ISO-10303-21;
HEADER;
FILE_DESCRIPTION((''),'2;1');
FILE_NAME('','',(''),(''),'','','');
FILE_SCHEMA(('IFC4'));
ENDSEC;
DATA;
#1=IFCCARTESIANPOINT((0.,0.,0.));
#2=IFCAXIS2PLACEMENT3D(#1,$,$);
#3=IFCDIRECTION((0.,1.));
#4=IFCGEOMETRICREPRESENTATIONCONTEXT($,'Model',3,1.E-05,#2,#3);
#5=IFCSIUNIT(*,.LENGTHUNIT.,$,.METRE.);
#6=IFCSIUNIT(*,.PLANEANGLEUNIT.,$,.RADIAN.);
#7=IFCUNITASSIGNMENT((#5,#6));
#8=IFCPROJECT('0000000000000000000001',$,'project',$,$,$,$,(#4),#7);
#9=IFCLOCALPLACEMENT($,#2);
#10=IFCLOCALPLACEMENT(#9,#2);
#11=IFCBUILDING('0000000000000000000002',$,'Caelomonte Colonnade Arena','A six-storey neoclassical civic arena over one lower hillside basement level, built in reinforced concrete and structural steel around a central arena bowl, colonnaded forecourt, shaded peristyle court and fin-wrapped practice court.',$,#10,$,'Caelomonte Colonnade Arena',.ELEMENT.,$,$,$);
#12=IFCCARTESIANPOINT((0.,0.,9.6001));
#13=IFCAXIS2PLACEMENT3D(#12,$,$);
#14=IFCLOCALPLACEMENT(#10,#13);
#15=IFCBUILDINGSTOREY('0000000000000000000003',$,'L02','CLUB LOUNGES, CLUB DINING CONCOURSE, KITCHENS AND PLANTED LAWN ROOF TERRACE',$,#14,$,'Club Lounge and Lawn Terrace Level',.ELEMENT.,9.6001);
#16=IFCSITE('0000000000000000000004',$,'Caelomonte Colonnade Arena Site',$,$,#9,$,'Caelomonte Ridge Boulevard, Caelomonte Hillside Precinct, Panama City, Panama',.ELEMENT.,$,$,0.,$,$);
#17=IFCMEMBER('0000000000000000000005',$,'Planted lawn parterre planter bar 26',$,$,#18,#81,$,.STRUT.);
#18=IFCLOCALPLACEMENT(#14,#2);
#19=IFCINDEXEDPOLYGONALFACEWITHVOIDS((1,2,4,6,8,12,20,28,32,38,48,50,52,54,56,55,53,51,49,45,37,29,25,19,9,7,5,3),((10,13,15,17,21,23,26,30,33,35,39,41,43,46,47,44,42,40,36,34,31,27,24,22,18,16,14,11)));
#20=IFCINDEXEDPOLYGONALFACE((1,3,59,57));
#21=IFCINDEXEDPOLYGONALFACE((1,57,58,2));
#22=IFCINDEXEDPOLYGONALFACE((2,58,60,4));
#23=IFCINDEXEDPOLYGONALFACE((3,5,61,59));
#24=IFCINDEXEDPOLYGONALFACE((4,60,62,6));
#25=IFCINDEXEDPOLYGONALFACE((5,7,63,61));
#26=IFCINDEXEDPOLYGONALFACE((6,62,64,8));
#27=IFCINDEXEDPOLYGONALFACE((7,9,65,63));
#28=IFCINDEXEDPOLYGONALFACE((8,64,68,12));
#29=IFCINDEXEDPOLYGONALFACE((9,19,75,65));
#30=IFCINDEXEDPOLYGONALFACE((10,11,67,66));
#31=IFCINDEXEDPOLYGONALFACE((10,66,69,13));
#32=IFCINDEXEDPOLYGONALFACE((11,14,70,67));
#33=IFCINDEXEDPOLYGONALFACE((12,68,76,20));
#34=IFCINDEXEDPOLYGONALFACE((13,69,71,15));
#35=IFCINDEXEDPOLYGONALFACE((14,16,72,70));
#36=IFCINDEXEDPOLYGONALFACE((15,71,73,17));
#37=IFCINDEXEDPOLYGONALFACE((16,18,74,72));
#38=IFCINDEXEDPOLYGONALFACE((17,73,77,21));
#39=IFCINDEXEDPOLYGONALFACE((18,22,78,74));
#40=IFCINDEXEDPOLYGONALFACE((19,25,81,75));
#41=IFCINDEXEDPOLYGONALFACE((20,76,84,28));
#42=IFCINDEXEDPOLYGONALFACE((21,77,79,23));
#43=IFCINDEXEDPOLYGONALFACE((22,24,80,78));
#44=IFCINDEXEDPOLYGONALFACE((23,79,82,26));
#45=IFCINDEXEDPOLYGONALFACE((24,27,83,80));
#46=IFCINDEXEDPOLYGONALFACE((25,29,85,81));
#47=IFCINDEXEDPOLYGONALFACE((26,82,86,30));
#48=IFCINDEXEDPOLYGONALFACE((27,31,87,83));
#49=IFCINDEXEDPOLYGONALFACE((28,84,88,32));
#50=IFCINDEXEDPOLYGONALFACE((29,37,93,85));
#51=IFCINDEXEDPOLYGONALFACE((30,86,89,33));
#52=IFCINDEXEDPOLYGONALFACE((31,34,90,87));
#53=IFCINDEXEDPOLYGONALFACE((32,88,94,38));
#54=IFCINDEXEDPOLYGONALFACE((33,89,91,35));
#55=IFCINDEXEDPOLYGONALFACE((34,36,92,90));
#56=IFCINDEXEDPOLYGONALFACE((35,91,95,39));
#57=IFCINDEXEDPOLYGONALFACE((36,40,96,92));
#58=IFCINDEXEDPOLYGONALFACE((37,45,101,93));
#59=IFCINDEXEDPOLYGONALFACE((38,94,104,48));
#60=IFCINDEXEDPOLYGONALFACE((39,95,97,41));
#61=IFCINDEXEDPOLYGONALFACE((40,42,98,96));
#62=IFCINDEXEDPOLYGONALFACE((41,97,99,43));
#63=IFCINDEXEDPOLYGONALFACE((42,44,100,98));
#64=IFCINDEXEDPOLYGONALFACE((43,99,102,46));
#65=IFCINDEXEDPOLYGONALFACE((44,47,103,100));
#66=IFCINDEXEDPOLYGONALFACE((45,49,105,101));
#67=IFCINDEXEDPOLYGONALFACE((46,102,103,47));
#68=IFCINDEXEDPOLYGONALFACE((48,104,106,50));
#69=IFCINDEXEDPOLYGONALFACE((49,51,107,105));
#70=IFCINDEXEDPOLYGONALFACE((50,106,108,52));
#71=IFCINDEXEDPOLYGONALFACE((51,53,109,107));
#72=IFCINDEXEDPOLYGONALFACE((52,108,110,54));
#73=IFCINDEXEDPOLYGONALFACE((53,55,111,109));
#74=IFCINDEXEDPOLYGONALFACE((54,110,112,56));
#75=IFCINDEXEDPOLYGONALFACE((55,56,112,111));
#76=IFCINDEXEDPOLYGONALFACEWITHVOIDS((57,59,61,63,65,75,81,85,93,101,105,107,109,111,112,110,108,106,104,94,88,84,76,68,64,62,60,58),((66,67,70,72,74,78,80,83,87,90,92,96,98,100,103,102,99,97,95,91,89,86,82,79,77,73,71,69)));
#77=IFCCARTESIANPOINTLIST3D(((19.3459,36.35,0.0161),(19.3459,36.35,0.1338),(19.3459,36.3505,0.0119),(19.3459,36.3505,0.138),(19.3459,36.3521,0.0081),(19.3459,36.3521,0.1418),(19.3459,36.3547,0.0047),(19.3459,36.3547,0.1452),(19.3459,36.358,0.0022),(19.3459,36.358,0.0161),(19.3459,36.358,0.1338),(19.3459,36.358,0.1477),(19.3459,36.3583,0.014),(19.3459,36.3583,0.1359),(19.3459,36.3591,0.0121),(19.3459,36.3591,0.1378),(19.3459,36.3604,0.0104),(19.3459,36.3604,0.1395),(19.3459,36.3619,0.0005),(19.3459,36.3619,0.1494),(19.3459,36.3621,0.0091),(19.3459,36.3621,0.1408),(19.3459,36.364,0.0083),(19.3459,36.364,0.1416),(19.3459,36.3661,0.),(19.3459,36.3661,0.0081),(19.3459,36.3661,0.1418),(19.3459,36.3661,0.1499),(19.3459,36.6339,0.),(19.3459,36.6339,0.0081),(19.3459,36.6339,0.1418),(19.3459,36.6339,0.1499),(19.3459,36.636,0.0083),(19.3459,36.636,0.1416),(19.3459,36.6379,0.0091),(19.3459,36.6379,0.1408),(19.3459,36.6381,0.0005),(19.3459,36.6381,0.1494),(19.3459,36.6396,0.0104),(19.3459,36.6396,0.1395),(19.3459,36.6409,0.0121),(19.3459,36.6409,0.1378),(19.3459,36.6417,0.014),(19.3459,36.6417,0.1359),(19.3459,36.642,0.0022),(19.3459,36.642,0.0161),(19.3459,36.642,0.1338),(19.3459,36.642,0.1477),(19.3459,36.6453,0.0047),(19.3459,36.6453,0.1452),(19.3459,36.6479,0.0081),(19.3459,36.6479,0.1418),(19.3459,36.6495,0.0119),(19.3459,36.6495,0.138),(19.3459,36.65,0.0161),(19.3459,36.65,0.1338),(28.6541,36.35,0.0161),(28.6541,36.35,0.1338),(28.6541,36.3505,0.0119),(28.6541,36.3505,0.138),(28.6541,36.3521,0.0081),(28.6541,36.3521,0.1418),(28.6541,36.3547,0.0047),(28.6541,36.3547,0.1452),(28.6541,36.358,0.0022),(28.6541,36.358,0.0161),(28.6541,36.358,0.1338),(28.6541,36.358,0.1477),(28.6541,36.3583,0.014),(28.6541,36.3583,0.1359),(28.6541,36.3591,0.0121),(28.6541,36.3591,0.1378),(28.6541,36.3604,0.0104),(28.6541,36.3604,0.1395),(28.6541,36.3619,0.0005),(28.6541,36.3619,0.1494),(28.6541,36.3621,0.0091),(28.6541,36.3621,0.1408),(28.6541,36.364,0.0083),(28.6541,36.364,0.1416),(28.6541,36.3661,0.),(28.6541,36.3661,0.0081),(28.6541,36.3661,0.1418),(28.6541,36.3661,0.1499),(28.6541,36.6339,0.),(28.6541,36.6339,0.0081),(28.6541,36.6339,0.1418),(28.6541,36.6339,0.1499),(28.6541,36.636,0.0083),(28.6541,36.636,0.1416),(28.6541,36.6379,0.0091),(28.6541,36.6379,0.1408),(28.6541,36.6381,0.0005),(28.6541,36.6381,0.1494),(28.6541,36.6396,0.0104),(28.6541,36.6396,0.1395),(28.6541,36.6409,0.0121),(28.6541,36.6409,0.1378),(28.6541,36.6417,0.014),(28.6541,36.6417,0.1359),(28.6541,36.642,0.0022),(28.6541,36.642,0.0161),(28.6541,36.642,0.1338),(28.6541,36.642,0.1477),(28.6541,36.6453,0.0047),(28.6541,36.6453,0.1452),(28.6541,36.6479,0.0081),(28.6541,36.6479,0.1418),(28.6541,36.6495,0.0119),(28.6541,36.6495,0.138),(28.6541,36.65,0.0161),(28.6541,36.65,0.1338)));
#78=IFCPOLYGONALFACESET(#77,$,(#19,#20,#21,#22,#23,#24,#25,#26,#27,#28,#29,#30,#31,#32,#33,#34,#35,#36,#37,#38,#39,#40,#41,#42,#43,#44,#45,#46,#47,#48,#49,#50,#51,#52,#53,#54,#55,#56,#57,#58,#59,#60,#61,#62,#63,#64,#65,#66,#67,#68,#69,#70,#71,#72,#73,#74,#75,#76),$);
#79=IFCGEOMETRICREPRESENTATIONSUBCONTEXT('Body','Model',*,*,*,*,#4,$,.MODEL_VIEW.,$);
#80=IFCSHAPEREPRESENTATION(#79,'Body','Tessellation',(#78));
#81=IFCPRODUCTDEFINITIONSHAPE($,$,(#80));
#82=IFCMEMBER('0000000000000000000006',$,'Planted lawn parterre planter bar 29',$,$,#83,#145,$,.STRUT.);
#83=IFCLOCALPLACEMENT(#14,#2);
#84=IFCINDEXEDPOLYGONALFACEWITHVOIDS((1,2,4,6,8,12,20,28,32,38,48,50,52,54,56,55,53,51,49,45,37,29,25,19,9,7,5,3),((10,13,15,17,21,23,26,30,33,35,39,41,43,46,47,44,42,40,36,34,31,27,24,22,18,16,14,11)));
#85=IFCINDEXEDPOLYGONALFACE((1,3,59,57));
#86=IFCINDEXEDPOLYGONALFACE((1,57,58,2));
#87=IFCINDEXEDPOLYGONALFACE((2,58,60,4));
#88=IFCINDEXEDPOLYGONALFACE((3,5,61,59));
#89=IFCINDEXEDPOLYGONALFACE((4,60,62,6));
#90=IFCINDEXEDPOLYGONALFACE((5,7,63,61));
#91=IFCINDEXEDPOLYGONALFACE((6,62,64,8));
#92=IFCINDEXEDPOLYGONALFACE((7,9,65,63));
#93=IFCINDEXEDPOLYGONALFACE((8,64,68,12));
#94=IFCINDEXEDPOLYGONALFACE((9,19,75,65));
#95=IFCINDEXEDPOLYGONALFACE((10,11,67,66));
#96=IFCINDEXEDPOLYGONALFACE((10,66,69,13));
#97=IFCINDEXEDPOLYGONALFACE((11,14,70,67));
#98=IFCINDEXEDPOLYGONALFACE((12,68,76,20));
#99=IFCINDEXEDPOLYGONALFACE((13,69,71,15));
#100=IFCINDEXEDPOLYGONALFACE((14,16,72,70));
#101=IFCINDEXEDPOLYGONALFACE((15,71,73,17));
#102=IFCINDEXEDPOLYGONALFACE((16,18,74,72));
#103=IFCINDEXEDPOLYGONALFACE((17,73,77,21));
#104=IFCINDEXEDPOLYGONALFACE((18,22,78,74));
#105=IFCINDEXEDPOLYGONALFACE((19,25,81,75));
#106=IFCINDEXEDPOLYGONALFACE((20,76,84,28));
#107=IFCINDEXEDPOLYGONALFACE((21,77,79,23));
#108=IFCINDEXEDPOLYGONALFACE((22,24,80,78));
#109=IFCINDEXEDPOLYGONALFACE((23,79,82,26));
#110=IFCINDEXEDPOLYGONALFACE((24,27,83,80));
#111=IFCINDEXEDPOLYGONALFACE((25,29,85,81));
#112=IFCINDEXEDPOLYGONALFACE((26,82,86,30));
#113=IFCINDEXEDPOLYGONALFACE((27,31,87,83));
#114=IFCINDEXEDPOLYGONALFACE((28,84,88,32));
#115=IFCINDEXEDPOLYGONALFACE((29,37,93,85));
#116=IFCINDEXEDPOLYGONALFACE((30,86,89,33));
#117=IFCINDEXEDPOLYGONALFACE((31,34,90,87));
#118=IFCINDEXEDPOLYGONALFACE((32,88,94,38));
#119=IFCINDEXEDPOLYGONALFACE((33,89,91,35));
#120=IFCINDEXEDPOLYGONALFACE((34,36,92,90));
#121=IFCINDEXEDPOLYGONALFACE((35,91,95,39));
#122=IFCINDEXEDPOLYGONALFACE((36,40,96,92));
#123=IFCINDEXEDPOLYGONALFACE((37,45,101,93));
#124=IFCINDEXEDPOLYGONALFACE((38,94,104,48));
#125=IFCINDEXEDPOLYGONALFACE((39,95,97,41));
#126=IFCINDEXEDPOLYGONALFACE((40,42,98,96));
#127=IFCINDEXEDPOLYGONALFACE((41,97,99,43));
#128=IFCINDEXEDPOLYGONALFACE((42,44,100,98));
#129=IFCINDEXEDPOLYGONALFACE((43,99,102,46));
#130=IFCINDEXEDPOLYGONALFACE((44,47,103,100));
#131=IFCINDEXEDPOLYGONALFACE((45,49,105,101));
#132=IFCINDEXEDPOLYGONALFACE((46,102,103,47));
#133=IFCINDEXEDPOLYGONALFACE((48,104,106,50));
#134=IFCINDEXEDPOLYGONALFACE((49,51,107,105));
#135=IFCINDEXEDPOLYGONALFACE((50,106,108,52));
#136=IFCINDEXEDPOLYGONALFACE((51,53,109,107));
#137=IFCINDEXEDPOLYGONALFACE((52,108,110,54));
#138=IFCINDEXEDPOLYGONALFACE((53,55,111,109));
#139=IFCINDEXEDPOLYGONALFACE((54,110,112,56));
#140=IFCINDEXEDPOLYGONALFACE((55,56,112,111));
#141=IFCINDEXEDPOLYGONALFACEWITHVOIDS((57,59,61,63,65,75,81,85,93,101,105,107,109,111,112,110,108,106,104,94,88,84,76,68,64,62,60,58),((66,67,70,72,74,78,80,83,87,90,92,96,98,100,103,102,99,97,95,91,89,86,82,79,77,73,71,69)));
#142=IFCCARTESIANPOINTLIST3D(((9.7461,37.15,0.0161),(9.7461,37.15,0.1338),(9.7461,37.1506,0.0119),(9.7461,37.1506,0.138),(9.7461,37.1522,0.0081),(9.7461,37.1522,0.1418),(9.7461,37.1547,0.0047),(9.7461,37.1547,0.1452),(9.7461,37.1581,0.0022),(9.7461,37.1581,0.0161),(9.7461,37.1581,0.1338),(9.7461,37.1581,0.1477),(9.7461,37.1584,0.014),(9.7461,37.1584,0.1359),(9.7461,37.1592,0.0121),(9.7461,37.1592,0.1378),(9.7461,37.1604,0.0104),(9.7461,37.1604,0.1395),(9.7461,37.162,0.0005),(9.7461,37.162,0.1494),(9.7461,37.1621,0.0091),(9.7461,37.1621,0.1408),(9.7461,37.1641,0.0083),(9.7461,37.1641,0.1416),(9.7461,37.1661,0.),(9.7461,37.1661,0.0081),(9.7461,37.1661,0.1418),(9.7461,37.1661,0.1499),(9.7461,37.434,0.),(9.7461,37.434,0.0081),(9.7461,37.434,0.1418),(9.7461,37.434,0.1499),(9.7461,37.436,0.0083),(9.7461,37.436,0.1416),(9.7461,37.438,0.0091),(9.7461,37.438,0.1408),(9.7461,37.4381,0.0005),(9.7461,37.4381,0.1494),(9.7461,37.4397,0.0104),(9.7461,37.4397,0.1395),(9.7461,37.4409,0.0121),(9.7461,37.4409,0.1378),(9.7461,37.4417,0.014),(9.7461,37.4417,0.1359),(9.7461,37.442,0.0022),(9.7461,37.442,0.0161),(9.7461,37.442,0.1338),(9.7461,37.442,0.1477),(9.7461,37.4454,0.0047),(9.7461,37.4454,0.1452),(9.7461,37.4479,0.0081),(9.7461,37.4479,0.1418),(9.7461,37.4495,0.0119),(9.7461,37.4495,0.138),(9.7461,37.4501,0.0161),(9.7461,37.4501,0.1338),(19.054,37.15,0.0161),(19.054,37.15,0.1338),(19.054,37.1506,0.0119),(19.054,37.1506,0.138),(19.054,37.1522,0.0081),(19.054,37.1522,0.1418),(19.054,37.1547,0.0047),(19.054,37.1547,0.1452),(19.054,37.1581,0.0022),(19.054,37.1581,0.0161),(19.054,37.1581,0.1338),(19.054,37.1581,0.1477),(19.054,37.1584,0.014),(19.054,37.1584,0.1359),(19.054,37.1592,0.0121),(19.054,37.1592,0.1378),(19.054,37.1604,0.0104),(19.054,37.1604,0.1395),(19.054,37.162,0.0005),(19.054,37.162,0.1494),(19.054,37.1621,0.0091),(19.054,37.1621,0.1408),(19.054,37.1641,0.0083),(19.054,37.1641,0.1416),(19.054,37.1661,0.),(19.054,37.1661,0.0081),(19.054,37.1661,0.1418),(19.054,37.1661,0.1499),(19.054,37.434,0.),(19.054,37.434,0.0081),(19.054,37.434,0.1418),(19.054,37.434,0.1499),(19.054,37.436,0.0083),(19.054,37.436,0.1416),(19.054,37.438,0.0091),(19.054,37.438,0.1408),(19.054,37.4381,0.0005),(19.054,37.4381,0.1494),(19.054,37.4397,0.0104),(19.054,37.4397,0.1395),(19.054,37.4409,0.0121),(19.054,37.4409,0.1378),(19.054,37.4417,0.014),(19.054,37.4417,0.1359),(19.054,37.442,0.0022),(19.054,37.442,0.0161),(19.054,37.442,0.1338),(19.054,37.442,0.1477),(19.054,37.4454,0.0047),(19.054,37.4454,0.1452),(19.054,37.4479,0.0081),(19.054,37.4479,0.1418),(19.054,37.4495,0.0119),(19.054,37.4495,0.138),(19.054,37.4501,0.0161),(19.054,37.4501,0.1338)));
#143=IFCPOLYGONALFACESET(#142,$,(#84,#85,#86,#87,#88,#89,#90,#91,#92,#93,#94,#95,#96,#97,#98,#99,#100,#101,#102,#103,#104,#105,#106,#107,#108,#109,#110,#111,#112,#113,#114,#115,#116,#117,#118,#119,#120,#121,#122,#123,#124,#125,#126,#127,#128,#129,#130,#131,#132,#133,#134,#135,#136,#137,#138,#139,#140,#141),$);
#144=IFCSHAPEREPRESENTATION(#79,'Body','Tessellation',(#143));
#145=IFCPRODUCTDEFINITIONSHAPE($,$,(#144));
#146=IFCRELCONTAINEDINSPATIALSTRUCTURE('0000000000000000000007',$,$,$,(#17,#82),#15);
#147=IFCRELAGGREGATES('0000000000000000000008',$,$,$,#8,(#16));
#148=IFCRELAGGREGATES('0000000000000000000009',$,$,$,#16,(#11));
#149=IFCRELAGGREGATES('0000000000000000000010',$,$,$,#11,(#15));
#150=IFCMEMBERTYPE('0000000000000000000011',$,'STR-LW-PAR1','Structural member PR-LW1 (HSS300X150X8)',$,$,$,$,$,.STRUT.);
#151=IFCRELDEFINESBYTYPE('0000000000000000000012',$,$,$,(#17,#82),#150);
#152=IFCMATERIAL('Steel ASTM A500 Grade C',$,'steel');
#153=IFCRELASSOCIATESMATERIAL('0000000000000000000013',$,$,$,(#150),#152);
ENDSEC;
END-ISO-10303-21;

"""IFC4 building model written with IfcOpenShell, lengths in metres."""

from ifc_helpers import new_model, si_unit, direction, frame, origin, origin_2d, place, context, subcontext, project, spatial, hollow_rectangle, extrude, material, material_profile, profile_set, type_object, element, save


model = new_model("IFC4")

# Units and contexts
model_context = context("Model", 3, precision=1e-05, world=origin(), true_north=direction((0.0, 1.0)))
body_context = subcontext(model_context, "Body", "Model", "MODEL_VIEW")
ifc_project = project(units=[si_unit("LENGTHUNIT", "METRE"), si_unit("PLANEANGLEUNIT", "RADIAN")], contexts=[model_context])

# Site, building, storey
site_placement = place(None, origin())
site = spatial("IfcSite", under=ifc_project, at=site_placement, Name="Caelomonte Colonnade Arena Site", LongName="Caelomonte Ridge Boulevard, Caelomonte Hillside Precinct, Panama City, Panama", CompositionType="ELEMENT", RefElevation=0.0)
building_placement = place(site_placement, origin())
building = spatial("IfcBuilding", under=site, at=building_placement, Name="Caelomonte Colonnade Arena", Description="A six-storey neoclassical civic arena over one lower hillside basement level, built in reinforced concrete and structural steel around a central arena bowl, colonnaded forecourt, shaded peristyle court and fin-wrapped practice court.", LongName="Caelomonte Colonnade Arena", CompositionType="ELEMENT")
storey_placement = place(building_placement, frame((0.0, 0.0, 9.6001)))
storey = spatial("IfcBuildingStorey", under=building, at=storey_placement, Name="L02", Description="CLUB LOUNGES, CLUB DINING CONCOURSE, KITCHENS AND PLANTED LAWN ROOF TERRACE", LongName="Club Lounge and Lawn Terrace Level", CompositionType="ELEMENT", Elevation=9.6001)

# Members
ifc_material_1 = material(Name="Steel ASTM A500 Grade C", Category="steel")
ifc_material_profile_1 = material_profile(ifc_material_1, hollow_rectangle(XDim=0.3, YDim=0.1499, WallThickness=0.0081, InnerFilletRadius=0.0081, OuterFilletRadius=0.0161, at=origin_2d()), Name="HSS300X150X8")
ifc_profile_set_1 = profile_set([ifc_material_profile_1], Name="Steel ASTM A500 Grade C")
member_type = type_object("IfcMemberType", Name="STR-LW-PAR1", Description="Structural member PR-LW1 (HSS300X150X8)", PredefinedType="STRUT", material=ifc_profile_set_1)
member_1_placement = place(storey_placement, frame((19.3459, 36.5, 0.075), z_axis=(1.0, 0.0, 0.0), x_axis=(0.0, 1.0, 0.0)))
element("IfcMember", 1, at=member_1_placement, inside=storey, type_object=member_type, Name="Planted lawn parterre planter bar 26", PredefinedType="STRUT", context=body_context, shape_type="SweptSolid", body=[
    extrude(hollow_rectangle(XDim=0.3, YDim=0.1499, WallThickness=0.0081, InnerFilletRadius=0.0081, OuterFilletRadius=0.0161, at=origin_2d()), origin(), (0.0, 0.0, 1.0), 9.3081),
])
member_2_placement = place(storey_placement, frame((9.7461, 37.3, 0.075), z_axis=(1.0, 0.0, 0.0), x_axis=(0.0, 1.0, 0.0)))
element("IfcMember", 2, at=member_2_placement, inside=storey, type_object=member_type, Name="Planted lawn parterre planter bar 29", PredefinedType="STRUT", context=body_context, shape_type="SweptSolid", body=[
    extrude(hollow_rectangle(XDim=0.3, YDim=0.1499, WallThickness=0.0081, InnerFilletRadius=0.0081, OuterFilletRadius=0.0161, at=origin_2d()), origin(), (0.0, 0.0, 1.0), 9.3079),
])

save(model, "model.ifc")
